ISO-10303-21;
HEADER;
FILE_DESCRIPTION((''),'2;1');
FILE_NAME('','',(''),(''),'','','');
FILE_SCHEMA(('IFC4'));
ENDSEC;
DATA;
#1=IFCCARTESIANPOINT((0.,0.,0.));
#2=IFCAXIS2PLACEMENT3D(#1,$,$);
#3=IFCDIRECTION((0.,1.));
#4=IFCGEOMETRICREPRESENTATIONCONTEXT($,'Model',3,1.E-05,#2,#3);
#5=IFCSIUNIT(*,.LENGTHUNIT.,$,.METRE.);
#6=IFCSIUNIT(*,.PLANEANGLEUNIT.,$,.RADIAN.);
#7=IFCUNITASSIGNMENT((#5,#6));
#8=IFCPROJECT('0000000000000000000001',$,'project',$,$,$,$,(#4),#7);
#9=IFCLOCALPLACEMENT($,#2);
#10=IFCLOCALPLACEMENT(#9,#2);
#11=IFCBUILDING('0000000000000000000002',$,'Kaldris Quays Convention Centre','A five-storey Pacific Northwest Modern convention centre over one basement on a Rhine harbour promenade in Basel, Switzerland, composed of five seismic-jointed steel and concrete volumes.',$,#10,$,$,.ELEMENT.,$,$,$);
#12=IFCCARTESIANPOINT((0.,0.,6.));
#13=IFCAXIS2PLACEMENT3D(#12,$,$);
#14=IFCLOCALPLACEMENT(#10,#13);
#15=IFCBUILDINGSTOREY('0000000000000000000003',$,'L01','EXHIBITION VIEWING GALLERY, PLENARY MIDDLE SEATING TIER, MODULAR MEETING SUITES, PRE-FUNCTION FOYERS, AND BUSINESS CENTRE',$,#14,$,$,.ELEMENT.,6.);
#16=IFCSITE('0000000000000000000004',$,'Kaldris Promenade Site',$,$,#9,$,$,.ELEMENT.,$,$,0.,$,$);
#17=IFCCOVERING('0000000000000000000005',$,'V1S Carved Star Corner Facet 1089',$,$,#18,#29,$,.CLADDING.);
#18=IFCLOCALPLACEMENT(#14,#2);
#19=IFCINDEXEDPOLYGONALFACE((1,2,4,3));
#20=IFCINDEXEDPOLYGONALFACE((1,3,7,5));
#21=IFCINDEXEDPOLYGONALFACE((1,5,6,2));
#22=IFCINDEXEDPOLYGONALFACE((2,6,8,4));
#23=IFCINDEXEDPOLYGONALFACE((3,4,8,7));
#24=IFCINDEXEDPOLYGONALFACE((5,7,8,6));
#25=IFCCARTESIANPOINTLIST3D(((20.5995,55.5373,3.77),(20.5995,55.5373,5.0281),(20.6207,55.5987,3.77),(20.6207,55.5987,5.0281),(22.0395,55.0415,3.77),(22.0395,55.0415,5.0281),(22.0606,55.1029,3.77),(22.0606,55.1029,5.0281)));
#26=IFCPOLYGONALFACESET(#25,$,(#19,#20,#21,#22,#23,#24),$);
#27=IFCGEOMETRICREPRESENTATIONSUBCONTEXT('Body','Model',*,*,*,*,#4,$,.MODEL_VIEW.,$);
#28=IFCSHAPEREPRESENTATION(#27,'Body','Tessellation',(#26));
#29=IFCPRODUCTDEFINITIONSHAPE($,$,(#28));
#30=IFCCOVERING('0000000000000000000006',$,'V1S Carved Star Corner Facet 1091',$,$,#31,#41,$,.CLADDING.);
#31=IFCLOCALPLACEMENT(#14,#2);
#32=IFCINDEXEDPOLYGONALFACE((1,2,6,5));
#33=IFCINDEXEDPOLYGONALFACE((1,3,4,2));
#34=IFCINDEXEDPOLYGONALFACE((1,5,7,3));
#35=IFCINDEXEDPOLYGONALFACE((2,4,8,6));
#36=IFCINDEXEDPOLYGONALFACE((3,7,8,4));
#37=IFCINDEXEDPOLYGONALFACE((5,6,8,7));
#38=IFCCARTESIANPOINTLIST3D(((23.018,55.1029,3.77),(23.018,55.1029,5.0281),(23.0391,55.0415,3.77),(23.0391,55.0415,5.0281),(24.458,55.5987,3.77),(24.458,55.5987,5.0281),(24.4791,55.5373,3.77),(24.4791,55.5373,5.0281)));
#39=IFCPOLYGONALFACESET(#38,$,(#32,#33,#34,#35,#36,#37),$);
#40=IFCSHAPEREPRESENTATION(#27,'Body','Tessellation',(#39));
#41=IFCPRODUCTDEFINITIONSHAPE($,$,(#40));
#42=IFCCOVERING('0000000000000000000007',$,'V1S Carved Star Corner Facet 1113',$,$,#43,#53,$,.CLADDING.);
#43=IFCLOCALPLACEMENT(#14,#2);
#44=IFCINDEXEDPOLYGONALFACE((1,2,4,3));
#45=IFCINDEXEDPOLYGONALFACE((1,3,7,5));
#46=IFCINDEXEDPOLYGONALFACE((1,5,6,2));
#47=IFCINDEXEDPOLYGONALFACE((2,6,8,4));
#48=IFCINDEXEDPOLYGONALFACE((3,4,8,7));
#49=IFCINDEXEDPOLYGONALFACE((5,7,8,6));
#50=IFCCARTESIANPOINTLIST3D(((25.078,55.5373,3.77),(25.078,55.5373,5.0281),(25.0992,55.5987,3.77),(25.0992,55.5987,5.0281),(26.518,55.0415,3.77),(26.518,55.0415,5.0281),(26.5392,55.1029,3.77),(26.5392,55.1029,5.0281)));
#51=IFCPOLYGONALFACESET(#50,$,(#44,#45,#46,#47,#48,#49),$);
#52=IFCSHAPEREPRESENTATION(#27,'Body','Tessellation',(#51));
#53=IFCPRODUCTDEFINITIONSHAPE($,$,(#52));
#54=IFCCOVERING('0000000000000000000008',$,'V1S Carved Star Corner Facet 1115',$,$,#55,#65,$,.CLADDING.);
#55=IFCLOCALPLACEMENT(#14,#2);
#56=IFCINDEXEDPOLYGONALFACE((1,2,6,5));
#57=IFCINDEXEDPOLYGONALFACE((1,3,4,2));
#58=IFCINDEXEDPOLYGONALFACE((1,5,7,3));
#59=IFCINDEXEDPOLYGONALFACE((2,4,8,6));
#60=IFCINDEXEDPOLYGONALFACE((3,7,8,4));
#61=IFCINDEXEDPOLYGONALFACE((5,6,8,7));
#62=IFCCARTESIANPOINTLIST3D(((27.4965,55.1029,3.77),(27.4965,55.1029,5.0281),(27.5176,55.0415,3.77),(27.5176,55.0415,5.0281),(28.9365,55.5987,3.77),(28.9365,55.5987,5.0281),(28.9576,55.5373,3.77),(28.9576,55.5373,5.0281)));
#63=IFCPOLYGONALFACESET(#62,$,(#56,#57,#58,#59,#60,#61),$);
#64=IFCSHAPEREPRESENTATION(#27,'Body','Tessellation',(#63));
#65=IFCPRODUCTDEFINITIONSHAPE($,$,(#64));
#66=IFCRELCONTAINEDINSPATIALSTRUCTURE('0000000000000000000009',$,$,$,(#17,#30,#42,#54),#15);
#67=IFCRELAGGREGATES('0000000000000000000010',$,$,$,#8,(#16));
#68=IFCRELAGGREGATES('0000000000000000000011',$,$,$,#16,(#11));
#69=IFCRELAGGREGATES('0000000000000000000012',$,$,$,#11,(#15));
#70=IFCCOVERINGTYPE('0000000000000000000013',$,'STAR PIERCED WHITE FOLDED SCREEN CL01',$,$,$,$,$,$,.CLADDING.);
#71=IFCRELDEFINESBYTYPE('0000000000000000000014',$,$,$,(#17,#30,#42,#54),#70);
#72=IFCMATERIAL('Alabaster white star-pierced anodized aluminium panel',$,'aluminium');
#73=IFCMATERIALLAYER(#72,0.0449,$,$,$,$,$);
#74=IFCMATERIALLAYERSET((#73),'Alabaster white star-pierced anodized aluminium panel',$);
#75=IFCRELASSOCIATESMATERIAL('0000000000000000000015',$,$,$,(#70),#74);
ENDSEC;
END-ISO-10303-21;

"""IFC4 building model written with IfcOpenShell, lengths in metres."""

from ifc_helpers import new_model, si_unit, direction, frame, origin, origin_2d, place, context, subcontext, project, spatial, rectangle, extrude, material, layer, layer_set, type_object, element, save


model = new_model("IFC4")

# Units and contexts
model_context = context("Model", 3, precision=1e-05, world=origin(), true_north=direction((0.0, 1.0)))
body_context = subcontext(model_context, "Body", "Model", "MODEL_VIEW")
ifc_project = project(units=[si_unit("LENGTHUNIT", "METRE"), si_unit("PLANEANGLEUNIT", "RADIAN")], contexts=[model_context])

# Site, building, storey
site_placement = place(None, origin())
site = spatial("IfcSite", under=ifc_project, at=site_placement, Name="Kaldris Promenade Site", CompositionType="ELEMENT", RefElevation=0.0)
building_placement = place(site_placement, origin())
building = spatial("IfcBuilding", under=site, at=building_placement, Name="Kaldris Quays Convention Centre", Description="A five-storey Pacific Northwest Modern convention centre over one basement on a Rhine harbour promenade in Basel, Switzerland, composed of five seismic-jointed steel and concrete volumes.", CompositionType="ELEMENT")
storey_placement = place(building_placement, frame((0.0, 0.0, 6.0)))
storey = spatial("IfcBuildingStorey", under=building, at=storey_placement, Name="L01", Description="EXHIBITION VIEWING GALLERY, PLENARY MIDDLE SEATING TIER, MODULAR MEETING SUITES, PRE-FUNCTION FOYERS, AND BUSINESS CENTRE", CompositionType="ELEMENT", Elevation=6.0)

# Coverings
ifc_material_1 = material(Name="Alabaster white star-pierced anodized aluminium panel", Category="aluminium")
ifc_layer = layer(ifc_material_1, 0.0449)
ifc_layer_set = layer_set([ifc_layer], Name="Alabaster white star-pierced anodized aluminium panel")
covering_type = type_object("IfcCoveringType", Name="STAR PIERCED WHITE FOLDED SCREEN CL01", PredefinedType="CLADDING", material=ifc_layer_set)
for number, where, z_axis, x_axis, name in (
    (1, (21.3301, 55.3201, 3.77), (0.0, 0.0, 1.0), (0.945519, -0.325568, 0.0), "V1S Carved Star Corner Facet 1089"),
    (2, (23.7485, 55.3201, 3.77), (0.0, 0.0, 1.0), (0.945519, 0.325568, 0.0), "V1S Carved Star Corner Facet 1091"),
    (3, (25.8086, 55.3201, 3.77), (0.0, 0.0, 1.0), (0.945519, -0.325568, 0.0), "V1S Carved Star Corner Facet 1113"),
    (4, (28.2271, 55.3201, 3.77), (0.0, 0.0, 1.0), (0.945519, 0.325568, 0.0), "V1S Carved Star Corner Facet 1115"),
):
    element("IfcCovering", number, at=place(storey_placement, frame(where, z_axis=z_axis, x_axis=x_axis)), inside=storey, type_object=covering_type, Name=name, PredefinedType="CLADDING", context=body_context, shape_type="SweptSolid", body=[
        extrude(rectangle(XDim=1.5229, YDim=0.0649, at=origin_2d()), origin(), (0.0, 0.0, 1.0), 1.2581),
    ])

save(model, "model.ifc")
